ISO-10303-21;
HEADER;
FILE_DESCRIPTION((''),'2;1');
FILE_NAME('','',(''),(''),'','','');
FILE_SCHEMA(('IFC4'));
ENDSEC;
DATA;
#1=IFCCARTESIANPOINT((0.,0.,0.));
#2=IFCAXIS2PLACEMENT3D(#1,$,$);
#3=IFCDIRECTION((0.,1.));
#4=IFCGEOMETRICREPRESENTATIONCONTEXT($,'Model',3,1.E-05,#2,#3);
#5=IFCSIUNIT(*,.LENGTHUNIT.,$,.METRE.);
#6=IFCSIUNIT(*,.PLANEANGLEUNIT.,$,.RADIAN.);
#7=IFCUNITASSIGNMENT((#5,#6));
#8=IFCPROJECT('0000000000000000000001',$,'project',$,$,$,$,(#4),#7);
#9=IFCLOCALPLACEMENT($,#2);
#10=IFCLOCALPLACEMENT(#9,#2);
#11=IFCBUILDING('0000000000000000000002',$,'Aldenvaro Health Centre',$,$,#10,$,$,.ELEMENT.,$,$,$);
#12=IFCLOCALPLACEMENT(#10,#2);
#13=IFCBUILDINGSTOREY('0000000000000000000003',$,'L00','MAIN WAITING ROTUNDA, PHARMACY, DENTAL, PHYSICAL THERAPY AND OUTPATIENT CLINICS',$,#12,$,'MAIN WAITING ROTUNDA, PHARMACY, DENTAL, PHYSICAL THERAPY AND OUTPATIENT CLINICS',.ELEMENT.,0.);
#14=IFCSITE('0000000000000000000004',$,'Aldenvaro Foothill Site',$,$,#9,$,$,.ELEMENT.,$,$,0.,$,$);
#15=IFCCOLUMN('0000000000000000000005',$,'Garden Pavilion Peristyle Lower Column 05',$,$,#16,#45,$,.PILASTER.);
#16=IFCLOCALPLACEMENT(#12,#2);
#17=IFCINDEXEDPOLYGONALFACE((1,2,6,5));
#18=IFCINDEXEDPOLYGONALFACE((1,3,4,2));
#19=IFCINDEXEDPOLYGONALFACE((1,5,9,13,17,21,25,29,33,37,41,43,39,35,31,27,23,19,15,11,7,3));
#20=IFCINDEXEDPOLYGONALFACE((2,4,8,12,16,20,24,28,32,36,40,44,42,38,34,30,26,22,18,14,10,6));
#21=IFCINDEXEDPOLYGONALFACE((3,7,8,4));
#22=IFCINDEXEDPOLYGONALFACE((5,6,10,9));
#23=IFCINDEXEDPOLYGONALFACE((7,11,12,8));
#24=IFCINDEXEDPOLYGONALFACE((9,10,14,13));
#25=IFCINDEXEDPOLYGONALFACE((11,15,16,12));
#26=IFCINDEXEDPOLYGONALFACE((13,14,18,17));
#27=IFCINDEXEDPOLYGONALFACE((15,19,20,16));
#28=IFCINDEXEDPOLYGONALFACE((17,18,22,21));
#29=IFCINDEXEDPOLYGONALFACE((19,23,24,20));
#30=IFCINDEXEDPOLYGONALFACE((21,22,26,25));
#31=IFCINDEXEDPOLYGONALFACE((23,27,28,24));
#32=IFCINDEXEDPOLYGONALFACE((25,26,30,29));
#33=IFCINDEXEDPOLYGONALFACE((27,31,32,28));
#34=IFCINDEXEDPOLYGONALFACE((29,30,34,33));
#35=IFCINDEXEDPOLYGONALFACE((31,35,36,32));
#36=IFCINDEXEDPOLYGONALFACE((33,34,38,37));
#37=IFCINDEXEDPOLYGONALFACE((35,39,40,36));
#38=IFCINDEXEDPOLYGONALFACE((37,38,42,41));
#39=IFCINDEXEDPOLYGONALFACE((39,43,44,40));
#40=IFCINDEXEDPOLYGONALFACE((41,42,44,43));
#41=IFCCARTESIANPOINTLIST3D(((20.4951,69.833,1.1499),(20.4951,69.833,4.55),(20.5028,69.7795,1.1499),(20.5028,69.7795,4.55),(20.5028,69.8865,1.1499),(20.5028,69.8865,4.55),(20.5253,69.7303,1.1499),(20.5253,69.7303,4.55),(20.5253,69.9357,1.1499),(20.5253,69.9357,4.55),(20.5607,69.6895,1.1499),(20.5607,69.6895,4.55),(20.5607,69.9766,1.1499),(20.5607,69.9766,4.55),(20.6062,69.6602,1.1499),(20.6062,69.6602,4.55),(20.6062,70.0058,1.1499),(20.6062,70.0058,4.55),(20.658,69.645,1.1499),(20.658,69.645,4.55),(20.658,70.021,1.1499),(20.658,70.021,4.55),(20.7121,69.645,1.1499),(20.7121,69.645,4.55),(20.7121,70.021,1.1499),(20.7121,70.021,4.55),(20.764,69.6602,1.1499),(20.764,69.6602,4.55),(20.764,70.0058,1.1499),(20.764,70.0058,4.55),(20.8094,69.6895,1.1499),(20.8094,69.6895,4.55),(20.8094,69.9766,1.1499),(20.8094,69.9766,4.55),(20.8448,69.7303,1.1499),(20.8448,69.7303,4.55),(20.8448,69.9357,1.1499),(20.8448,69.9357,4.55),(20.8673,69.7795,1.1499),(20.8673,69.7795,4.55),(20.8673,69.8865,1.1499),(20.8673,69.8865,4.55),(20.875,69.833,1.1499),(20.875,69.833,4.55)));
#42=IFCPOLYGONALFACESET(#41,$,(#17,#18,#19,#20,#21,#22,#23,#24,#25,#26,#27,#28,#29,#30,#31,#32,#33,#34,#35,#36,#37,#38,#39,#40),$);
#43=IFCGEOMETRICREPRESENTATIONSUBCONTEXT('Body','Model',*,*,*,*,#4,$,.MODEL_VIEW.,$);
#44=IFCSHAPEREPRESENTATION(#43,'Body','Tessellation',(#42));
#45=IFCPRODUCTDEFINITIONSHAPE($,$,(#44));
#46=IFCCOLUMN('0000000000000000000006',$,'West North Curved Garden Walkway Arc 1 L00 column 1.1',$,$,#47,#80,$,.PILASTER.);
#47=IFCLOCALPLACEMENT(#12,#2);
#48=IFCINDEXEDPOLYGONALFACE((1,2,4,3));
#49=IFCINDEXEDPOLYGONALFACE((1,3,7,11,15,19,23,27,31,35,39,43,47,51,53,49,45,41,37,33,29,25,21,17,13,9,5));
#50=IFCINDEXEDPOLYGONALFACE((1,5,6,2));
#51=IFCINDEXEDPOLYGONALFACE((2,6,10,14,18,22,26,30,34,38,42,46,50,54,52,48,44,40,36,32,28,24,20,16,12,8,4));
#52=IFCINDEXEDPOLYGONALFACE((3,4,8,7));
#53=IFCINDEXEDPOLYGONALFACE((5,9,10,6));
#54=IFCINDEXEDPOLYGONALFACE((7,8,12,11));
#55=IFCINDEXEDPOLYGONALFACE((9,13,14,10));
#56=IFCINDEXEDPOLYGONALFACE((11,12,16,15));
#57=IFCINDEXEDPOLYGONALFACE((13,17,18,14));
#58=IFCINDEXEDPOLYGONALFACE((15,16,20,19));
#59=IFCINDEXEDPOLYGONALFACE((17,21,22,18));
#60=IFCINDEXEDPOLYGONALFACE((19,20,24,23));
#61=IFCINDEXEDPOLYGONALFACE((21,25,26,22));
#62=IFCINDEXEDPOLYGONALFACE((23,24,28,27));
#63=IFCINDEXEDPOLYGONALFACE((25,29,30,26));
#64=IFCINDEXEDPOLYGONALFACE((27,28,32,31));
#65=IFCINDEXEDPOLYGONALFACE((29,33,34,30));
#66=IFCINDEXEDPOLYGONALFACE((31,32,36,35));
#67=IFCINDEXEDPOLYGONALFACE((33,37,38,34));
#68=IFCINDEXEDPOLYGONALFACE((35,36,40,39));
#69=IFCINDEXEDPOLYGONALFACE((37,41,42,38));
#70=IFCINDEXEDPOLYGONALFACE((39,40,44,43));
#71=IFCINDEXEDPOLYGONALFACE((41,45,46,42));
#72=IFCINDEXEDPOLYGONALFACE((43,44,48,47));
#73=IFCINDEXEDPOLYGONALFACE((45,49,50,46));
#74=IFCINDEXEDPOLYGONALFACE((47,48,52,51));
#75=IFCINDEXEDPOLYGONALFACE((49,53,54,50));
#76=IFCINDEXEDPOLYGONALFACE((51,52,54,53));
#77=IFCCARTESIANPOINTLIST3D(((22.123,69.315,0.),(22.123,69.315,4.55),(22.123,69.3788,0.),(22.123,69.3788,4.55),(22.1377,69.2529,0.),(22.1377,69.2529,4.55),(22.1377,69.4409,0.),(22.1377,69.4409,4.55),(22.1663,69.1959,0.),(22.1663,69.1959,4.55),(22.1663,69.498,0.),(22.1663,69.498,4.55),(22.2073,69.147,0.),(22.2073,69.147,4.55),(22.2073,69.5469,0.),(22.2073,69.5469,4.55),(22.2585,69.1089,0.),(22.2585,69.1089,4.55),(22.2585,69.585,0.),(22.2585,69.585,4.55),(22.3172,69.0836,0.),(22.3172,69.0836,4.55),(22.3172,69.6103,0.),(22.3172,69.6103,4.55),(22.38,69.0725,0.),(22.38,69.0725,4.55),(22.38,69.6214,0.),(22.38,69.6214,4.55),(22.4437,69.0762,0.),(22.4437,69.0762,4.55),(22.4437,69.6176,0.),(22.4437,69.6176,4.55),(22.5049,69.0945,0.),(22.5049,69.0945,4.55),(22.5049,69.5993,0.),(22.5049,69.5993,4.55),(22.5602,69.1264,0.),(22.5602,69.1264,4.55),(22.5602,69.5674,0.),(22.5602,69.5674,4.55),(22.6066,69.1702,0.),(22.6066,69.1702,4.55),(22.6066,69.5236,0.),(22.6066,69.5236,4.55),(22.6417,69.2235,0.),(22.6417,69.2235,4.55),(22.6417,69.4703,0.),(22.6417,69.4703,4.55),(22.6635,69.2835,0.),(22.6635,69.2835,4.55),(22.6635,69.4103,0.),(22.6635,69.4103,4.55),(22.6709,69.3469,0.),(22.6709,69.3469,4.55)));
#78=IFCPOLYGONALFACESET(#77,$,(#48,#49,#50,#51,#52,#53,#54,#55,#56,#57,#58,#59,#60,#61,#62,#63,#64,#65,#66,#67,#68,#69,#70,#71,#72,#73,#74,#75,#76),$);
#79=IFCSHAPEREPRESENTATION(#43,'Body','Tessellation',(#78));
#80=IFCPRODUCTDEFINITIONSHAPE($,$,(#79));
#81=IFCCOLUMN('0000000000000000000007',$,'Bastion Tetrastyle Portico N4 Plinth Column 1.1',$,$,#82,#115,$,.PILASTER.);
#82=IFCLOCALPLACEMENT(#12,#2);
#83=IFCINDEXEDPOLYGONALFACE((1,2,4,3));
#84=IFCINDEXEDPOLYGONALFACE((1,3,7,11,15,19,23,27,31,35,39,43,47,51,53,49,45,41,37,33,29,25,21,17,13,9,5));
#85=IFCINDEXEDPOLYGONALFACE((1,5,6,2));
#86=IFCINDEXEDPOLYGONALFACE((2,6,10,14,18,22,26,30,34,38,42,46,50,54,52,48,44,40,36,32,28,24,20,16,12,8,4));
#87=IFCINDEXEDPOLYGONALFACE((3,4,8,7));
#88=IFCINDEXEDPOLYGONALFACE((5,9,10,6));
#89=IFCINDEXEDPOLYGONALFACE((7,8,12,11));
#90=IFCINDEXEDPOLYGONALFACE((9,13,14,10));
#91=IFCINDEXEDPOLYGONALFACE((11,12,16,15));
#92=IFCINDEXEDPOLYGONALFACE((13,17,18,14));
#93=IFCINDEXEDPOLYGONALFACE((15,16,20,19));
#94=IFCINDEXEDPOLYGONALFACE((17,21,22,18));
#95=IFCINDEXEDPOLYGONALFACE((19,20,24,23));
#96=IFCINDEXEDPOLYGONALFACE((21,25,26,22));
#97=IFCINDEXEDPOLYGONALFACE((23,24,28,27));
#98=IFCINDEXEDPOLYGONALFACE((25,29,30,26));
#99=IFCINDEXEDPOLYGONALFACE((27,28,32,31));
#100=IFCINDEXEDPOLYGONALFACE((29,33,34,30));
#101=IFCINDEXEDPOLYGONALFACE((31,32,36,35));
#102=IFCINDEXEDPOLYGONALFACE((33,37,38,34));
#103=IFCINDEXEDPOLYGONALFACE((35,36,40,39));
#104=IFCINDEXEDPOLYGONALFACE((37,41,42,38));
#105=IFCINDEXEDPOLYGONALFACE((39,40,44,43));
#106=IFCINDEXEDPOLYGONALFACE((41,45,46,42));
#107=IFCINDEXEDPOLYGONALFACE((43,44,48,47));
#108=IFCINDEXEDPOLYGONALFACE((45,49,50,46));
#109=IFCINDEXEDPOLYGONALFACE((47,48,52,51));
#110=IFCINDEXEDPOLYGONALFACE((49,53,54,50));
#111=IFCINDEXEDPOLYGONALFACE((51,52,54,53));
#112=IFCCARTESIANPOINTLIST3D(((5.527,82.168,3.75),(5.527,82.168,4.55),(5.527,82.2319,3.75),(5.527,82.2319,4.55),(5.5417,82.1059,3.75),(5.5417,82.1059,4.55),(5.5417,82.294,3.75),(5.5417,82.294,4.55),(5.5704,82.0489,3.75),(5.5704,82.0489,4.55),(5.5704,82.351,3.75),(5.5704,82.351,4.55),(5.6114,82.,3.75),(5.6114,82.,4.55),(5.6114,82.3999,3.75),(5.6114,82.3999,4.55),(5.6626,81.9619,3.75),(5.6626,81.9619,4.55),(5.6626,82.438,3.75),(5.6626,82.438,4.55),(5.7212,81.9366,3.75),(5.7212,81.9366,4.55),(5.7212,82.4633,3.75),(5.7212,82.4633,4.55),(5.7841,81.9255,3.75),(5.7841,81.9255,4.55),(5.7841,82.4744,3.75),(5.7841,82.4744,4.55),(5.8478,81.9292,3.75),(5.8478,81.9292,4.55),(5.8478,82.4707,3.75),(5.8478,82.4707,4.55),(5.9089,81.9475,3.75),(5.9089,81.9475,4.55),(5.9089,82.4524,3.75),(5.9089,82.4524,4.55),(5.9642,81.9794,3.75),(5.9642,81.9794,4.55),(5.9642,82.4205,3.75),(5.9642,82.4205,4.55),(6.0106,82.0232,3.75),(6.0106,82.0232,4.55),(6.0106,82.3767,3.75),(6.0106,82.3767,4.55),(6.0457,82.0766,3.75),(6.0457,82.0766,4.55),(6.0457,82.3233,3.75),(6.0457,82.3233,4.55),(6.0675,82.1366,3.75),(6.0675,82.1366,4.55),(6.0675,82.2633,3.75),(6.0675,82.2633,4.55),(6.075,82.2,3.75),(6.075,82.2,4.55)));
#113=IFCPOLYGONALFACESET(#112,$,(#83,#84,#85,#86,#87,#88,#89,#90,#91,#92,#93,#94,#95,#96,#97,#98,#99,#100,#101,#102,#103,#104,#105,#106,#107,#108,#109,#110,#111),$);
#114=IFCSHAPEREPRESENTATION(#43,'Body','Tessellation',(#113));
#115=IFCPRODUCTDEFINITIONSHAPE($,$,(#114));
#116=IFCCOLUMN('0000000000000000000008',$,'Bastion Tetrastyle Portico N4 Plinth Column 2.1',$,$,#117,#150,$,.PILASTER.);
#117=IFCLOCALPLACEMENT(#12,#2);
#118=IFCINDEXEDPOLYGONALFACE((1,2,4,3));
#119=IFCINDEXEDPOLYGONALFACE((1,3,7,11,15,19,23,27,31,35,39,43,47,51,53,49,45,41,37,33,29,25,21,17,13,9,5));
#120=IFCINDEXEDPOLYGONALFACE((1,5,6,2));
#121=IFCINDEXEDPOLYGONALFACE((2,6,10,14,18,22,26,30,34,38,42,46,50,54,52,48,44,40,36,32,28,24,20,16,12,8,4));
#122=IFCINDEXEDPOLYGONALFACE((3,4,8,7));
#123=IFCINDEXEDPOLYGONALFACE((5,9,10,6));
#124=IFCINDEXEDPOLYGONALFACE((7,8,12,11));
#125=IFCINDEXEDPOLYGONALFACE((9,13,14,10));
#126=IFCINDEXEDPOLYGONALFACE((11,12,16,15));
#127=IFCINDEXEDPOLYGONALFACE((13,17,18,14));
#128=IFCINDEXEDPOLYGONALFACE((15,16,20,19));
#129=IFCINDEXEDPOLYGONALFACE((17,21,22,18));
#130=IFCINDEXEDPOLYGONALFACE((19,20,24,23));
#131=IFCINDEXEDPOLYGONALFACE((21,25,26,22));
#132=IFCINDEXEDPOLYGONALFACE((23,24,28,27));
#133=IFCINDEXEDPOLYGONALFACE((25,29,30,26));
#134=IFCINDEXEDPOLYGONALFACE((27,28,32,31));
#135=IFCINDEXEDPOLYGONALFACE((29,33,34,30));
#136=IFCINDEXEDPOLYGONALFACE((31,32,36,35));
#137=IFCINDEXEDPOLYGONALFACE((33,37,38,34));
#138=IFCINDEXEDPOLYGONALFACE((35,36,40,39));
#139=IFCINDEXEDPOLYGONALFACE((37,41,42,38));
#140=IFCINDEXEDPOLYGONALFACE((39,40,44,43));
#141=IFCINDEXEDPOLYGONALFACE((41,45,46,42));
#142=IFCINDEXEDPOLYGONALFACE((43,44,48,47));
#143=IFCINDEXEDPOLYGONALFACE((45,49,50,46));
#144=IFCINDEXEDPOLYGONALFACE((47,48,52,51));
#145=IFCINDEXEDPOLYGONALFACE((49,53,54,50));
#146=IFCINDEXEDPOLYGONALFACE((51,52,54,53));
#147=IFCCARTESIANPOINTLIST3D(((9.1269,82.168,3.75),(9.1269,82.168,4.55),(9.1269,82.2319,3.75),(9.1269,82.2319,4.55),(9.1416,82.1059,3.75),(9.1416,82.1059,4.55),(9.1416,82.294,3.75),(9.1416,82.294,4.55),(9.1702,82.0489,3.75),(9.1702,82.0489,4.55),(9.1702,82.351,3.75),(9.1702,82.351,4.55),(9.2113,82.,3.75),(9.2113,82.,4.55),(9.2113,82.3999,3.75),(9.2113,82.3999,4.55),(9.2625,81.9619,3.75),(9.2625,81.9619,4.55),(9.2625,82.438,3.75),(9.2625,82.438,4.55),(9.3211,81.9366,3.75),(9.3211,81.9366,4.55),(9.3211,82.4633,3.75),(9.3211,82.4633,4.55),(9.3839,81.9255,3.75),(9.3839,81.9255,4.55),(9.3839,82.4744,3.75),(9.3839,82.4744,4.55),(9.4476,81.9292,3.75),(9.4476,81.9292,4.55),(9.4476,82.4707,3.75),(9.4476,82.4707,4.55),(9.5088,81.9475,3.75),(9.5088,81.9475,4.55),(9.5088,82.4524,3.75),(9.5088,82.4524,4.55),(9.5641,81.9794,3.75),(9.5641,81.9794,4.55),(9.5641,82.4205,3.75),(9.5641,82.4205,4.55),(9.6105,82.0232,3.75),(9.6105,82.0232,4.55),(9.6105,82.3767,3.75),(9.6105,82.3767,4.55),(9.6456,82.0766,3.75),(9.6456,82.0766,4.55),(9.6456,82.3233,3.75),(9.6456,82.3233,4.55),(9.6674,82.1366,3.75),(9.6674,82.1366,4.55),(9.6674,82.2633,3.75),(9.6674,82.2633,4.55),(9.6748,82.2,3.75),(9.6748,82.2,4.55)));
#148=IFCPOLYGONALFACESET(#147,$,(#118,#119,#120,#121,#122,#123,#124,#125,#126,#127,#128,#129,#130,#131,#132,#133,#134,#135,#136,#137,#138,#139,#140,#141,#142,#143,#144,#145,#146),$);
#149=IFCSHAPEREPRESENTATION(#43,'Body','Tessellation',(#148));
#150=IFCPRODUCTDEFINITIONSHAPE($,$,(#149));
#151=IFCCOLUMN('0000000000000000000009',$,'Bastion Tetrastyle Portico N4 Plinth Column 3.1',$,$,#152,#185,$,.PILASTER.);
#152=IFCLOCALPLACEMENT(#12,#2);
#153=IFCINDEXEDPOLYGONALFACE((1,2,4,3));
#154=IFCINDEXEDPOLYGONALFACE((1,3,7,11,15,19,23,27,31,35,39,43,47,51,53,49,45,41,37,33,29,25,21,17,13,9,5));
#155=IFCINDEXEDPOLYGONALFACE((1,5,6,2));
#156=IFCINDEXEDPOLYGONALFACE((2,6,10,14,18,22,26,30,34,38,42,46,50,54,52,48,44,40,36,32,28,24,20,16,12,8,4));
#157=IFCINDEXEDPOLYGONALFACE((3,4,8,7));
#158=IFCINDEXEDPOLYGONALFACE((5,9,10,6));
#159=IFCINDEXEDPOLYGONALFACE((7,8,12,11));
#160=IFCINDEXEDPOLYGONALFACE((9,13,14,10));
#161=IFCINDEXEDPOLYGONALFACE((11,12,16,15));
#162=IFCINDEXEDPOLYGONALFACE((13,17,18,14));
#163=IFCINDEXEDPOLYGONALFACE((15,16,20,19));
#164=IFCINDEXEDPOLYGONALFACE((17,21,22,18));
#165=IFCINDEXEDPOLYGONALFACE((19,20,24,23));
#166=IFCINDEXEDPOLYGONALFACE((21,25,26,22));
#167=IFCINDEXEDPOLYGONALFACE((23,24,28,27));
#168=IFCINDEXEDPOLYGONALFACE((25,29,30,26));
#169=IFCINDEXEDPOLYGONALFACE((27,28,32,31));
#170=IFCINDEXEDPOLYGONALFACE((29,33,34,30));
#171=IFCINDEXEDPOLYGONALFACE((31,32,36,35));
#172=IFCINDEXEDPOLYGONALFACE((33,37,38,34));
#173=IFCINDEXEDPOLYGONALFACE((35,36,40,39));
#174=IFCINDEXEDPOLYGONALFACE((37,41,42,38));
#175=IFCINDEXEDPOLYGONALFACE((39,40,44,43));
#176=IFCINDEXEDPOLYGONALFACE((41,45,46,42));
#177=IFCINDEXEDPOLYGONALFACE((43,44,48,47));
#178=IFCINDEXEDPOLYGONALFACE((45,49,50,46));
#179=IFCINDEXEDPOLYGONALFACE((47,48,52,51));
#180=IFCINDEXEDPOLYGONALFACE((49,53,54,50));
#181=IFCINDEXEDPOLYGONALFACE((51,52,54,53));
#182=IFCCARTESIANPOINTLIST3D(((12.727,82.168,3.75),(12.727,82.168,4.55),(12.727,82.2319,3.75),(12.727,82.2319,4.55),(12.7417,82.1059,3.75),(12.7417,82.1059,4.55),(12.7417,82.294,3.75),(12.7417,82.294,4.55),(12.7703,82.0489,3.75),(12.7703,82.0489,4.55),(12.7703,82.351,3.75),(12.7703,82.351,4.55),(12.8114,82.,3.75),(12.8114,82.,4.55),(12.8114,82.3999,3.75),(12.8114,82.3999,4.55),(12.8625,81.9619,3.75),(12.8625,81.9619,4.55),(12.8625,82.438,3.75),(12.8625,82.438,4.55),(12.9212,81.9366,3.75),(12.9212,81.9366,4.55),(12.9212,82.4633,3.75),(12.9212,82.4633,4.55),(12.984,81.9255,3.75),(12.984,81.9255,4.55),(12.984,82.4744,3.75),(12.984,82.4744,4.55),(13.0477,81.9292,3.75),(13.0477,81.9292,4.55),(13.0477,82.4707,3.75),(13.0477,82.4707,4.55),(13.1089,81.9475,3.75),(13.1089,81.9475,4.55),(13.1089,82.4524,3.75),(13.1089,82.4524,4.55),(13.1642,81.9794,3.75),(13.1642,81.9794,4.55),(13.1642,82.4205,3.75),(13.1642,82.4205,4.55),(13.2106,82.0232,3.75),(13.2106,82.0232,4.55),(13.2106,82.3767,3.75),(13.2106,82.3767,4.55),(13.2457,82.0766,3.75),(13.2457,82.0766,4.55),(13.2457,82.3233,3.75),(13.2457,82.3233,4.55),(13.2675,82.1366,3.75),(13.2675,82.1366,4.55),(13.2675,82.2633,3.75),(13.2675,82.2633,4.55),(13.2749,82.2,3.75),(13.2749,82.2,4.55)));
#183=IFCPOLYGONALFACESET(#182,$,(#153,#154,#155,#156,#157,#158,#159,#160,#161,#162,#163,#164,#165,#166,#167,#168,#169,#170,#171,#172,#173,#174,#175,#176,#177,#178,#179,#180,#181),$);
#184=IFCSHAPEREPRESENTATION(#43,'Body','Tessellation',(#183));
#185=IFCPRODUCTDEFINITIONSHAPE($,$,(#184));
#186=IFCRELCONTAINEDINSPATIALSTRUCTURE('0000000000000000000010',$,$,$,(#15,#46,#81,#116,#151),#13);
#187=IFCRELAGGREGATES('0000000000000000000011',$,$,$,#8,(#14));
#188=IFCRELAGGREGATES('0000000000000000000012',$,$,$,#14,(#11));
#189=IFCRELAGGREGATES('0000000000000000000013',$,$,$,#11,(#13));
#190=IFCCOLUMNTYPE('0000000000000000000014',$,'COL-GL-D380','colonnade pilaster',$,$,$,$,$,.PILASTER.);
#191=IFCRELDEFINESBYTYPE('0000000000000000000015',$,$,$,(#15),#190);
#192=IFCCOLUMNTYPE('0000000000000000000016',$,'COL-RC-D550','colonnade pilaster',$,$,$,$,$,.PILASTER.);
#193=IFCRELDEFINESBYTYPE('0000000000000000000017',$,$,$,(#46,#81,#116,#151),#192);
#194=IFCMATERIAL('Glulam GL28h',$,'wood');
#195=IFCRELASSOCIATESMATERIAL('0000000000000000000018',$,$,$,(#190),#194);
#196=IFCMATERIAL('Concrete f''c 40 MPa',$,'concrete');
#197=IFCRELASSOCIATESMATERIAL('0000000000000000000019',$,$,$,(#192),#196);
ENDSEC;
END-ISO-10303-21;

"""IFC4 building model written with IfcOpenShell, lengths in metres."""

from ifc_helpers import new_model, si_unit, direction, frame, origin, origin_2d, place, context, subcontext, project, spatial, circle, extrude, material, material_profile, profile_set, type_object, element, save


model = new_model("IFC4")

# Units and contexts
model_context = context("Model", 3, precision=1e-05, world=origin(), true_north=direction((0.0, 1.0)))
body_context = subcontext(model_context, "Body", "Model", "MODEL_VIEW")
ifc_project = project(units=[si_unit("LENGTHUNIT", "METRE"), si_unit("PLANEANGLEUNIT", "RADIAN")], contexts=[model_context])

# Site, building, storey
site_placement = place(None, origin())
site = spatial("IfcSite", under=ifc_project, at=site_placement, Name="Aldenvaro Foothill Site", CompositionType="ELEMENT", RefElevation=0.0)
building_placement = place(site_placement, origin())
building = spatial("IfcBuilding", under=site, at=building_placement, Name="Aldenvaro Health Centre", CompositionType="ELEMENT")
storey_placement = place(building_placement, origin())
storey = spatial("IfcBuildingStorey", under=building, at=storey_placement, Name="L00", Description="MAIN WAITING ROTUNDA, PHARMACY, DENTAL, PHYSICAL THERAPY AND OUTPATIENT CLINICS", LongName="MAIN WAITING ROTUNDA, PHARMACY, DENTAL, PHYSICAL THERAPY AND OUTPATIENT CLINICS", CompositionType="ELEMENT", Elevation=0.0)

# Columns
ifc_material_1 = material(Name="Glulam GL28h", Category="wood")
ifc_material_profile_1 = material_profile(ifc_material_1, circle(Radius=0.1899, at=origin_2d()), Name="GL D380", Category="wood")
ifc_profile_set_1 = profile_set([ifc_material_profile_1], Name="Glulam GL28h")
column_type_1 = type_object("IfcColumnType", Name="COL-GL-D380", Description="colonnade pilaster", PredefinedType="PILASTER", material=ifc_profile_set_1)
column_1_placement = place(storey_placement, frame((20.6851, 69.833, 1.1499), z_axis=(0.0, 0.0, 1.0), x_axis=(1.0, 0.0, 0.0)))
element("IfcColumn", 1, at=column_1_placement, inside=storey, type_object=column_type_1, Name="Garden Pavilion Peristyle Lower Column 05", PredefinedType="PILASTER", context=body_context, shape_type="SweptSolid", body=[
    extrude(circle(Radius=0.1899, at=origin_2d()), origin(), (0.0, 0.0, 1.0), 3.4001),
])
ifc_material_2 = material(Name="Concrete f'c 40 MPa", Category="concrete")
ifc_material_profile_2 = material_profile(ifc_material_2, circle(Radius=0.2749, at=origin_2d()), Name="RC D550", Category="concrete")
ifc_profile_set_2 = profile_set([ifc_material_profile_2], Name="Concrete f'c 40 MPa")
column_type_2 = type_object("IfcColumnType", Name="COL-RC-D550", Description="colonnade pilaster", PredefinedType="PILASTER", material=ifc_profile_set_2)
column_2_placement = place(storey_placement, frame((22.396, 69.3469, 0.0), z_axis=(0.0, 0.0, 1.0), x_axis=(1.0, 0.0, 0.0)))
element("IfcColumn", 2, at=column_2_placement, inside=storey, type_object=column_type_2, Name="West North Curved Garden Walkway Arc 1 L00 column 1.1", PredefinedType="PILASTER", context=body_context, shape_type="SweptSolid", body=[
    extrude(circle(Radius=0.2749, at=origin_2d()), origin(), (0.0, 0.0, 1.0), 4.55),
])
for number, where, z_axis, x_axis, name in (
    (3, (5.8, 82.2, 3.75), (0.0, 0.0, 1.0), (1.0, 0.0, 0.0), "Bastion Tetrastyle Portico N4 Plinth Column 1.1"),
    (4, (9.3999, 82.2, 3.75), (0.0, 0.0, 1.0), (1.0, 0.0, 0.0), "Bastion Tetrastyle Portico N4 Plinth Column 2.1"),
    (5, (13.0, 82.2, 3.75), (0.0, 0.0, 1.0), (1.0, 0.0, 0.0), "Bastion Tetrastyle Portico N4 Plinth Column 3.1"),
):
    element("IfcColumn", number, at=place(storey_placement, frame(where, z_axis=z_axis, x_axis=x_axis)), inside=storey, type_object=column_type_2, Name=name, PredefinedType="PILASTER", context=body_context, shape_type="SweptSolid", body=[
        extrude(circle(Radius=0.2749, at=origin_2d()), origin(), (0.0, 0.0, 1.0), 0.8),
    ])

save(model, "model.ifc")
